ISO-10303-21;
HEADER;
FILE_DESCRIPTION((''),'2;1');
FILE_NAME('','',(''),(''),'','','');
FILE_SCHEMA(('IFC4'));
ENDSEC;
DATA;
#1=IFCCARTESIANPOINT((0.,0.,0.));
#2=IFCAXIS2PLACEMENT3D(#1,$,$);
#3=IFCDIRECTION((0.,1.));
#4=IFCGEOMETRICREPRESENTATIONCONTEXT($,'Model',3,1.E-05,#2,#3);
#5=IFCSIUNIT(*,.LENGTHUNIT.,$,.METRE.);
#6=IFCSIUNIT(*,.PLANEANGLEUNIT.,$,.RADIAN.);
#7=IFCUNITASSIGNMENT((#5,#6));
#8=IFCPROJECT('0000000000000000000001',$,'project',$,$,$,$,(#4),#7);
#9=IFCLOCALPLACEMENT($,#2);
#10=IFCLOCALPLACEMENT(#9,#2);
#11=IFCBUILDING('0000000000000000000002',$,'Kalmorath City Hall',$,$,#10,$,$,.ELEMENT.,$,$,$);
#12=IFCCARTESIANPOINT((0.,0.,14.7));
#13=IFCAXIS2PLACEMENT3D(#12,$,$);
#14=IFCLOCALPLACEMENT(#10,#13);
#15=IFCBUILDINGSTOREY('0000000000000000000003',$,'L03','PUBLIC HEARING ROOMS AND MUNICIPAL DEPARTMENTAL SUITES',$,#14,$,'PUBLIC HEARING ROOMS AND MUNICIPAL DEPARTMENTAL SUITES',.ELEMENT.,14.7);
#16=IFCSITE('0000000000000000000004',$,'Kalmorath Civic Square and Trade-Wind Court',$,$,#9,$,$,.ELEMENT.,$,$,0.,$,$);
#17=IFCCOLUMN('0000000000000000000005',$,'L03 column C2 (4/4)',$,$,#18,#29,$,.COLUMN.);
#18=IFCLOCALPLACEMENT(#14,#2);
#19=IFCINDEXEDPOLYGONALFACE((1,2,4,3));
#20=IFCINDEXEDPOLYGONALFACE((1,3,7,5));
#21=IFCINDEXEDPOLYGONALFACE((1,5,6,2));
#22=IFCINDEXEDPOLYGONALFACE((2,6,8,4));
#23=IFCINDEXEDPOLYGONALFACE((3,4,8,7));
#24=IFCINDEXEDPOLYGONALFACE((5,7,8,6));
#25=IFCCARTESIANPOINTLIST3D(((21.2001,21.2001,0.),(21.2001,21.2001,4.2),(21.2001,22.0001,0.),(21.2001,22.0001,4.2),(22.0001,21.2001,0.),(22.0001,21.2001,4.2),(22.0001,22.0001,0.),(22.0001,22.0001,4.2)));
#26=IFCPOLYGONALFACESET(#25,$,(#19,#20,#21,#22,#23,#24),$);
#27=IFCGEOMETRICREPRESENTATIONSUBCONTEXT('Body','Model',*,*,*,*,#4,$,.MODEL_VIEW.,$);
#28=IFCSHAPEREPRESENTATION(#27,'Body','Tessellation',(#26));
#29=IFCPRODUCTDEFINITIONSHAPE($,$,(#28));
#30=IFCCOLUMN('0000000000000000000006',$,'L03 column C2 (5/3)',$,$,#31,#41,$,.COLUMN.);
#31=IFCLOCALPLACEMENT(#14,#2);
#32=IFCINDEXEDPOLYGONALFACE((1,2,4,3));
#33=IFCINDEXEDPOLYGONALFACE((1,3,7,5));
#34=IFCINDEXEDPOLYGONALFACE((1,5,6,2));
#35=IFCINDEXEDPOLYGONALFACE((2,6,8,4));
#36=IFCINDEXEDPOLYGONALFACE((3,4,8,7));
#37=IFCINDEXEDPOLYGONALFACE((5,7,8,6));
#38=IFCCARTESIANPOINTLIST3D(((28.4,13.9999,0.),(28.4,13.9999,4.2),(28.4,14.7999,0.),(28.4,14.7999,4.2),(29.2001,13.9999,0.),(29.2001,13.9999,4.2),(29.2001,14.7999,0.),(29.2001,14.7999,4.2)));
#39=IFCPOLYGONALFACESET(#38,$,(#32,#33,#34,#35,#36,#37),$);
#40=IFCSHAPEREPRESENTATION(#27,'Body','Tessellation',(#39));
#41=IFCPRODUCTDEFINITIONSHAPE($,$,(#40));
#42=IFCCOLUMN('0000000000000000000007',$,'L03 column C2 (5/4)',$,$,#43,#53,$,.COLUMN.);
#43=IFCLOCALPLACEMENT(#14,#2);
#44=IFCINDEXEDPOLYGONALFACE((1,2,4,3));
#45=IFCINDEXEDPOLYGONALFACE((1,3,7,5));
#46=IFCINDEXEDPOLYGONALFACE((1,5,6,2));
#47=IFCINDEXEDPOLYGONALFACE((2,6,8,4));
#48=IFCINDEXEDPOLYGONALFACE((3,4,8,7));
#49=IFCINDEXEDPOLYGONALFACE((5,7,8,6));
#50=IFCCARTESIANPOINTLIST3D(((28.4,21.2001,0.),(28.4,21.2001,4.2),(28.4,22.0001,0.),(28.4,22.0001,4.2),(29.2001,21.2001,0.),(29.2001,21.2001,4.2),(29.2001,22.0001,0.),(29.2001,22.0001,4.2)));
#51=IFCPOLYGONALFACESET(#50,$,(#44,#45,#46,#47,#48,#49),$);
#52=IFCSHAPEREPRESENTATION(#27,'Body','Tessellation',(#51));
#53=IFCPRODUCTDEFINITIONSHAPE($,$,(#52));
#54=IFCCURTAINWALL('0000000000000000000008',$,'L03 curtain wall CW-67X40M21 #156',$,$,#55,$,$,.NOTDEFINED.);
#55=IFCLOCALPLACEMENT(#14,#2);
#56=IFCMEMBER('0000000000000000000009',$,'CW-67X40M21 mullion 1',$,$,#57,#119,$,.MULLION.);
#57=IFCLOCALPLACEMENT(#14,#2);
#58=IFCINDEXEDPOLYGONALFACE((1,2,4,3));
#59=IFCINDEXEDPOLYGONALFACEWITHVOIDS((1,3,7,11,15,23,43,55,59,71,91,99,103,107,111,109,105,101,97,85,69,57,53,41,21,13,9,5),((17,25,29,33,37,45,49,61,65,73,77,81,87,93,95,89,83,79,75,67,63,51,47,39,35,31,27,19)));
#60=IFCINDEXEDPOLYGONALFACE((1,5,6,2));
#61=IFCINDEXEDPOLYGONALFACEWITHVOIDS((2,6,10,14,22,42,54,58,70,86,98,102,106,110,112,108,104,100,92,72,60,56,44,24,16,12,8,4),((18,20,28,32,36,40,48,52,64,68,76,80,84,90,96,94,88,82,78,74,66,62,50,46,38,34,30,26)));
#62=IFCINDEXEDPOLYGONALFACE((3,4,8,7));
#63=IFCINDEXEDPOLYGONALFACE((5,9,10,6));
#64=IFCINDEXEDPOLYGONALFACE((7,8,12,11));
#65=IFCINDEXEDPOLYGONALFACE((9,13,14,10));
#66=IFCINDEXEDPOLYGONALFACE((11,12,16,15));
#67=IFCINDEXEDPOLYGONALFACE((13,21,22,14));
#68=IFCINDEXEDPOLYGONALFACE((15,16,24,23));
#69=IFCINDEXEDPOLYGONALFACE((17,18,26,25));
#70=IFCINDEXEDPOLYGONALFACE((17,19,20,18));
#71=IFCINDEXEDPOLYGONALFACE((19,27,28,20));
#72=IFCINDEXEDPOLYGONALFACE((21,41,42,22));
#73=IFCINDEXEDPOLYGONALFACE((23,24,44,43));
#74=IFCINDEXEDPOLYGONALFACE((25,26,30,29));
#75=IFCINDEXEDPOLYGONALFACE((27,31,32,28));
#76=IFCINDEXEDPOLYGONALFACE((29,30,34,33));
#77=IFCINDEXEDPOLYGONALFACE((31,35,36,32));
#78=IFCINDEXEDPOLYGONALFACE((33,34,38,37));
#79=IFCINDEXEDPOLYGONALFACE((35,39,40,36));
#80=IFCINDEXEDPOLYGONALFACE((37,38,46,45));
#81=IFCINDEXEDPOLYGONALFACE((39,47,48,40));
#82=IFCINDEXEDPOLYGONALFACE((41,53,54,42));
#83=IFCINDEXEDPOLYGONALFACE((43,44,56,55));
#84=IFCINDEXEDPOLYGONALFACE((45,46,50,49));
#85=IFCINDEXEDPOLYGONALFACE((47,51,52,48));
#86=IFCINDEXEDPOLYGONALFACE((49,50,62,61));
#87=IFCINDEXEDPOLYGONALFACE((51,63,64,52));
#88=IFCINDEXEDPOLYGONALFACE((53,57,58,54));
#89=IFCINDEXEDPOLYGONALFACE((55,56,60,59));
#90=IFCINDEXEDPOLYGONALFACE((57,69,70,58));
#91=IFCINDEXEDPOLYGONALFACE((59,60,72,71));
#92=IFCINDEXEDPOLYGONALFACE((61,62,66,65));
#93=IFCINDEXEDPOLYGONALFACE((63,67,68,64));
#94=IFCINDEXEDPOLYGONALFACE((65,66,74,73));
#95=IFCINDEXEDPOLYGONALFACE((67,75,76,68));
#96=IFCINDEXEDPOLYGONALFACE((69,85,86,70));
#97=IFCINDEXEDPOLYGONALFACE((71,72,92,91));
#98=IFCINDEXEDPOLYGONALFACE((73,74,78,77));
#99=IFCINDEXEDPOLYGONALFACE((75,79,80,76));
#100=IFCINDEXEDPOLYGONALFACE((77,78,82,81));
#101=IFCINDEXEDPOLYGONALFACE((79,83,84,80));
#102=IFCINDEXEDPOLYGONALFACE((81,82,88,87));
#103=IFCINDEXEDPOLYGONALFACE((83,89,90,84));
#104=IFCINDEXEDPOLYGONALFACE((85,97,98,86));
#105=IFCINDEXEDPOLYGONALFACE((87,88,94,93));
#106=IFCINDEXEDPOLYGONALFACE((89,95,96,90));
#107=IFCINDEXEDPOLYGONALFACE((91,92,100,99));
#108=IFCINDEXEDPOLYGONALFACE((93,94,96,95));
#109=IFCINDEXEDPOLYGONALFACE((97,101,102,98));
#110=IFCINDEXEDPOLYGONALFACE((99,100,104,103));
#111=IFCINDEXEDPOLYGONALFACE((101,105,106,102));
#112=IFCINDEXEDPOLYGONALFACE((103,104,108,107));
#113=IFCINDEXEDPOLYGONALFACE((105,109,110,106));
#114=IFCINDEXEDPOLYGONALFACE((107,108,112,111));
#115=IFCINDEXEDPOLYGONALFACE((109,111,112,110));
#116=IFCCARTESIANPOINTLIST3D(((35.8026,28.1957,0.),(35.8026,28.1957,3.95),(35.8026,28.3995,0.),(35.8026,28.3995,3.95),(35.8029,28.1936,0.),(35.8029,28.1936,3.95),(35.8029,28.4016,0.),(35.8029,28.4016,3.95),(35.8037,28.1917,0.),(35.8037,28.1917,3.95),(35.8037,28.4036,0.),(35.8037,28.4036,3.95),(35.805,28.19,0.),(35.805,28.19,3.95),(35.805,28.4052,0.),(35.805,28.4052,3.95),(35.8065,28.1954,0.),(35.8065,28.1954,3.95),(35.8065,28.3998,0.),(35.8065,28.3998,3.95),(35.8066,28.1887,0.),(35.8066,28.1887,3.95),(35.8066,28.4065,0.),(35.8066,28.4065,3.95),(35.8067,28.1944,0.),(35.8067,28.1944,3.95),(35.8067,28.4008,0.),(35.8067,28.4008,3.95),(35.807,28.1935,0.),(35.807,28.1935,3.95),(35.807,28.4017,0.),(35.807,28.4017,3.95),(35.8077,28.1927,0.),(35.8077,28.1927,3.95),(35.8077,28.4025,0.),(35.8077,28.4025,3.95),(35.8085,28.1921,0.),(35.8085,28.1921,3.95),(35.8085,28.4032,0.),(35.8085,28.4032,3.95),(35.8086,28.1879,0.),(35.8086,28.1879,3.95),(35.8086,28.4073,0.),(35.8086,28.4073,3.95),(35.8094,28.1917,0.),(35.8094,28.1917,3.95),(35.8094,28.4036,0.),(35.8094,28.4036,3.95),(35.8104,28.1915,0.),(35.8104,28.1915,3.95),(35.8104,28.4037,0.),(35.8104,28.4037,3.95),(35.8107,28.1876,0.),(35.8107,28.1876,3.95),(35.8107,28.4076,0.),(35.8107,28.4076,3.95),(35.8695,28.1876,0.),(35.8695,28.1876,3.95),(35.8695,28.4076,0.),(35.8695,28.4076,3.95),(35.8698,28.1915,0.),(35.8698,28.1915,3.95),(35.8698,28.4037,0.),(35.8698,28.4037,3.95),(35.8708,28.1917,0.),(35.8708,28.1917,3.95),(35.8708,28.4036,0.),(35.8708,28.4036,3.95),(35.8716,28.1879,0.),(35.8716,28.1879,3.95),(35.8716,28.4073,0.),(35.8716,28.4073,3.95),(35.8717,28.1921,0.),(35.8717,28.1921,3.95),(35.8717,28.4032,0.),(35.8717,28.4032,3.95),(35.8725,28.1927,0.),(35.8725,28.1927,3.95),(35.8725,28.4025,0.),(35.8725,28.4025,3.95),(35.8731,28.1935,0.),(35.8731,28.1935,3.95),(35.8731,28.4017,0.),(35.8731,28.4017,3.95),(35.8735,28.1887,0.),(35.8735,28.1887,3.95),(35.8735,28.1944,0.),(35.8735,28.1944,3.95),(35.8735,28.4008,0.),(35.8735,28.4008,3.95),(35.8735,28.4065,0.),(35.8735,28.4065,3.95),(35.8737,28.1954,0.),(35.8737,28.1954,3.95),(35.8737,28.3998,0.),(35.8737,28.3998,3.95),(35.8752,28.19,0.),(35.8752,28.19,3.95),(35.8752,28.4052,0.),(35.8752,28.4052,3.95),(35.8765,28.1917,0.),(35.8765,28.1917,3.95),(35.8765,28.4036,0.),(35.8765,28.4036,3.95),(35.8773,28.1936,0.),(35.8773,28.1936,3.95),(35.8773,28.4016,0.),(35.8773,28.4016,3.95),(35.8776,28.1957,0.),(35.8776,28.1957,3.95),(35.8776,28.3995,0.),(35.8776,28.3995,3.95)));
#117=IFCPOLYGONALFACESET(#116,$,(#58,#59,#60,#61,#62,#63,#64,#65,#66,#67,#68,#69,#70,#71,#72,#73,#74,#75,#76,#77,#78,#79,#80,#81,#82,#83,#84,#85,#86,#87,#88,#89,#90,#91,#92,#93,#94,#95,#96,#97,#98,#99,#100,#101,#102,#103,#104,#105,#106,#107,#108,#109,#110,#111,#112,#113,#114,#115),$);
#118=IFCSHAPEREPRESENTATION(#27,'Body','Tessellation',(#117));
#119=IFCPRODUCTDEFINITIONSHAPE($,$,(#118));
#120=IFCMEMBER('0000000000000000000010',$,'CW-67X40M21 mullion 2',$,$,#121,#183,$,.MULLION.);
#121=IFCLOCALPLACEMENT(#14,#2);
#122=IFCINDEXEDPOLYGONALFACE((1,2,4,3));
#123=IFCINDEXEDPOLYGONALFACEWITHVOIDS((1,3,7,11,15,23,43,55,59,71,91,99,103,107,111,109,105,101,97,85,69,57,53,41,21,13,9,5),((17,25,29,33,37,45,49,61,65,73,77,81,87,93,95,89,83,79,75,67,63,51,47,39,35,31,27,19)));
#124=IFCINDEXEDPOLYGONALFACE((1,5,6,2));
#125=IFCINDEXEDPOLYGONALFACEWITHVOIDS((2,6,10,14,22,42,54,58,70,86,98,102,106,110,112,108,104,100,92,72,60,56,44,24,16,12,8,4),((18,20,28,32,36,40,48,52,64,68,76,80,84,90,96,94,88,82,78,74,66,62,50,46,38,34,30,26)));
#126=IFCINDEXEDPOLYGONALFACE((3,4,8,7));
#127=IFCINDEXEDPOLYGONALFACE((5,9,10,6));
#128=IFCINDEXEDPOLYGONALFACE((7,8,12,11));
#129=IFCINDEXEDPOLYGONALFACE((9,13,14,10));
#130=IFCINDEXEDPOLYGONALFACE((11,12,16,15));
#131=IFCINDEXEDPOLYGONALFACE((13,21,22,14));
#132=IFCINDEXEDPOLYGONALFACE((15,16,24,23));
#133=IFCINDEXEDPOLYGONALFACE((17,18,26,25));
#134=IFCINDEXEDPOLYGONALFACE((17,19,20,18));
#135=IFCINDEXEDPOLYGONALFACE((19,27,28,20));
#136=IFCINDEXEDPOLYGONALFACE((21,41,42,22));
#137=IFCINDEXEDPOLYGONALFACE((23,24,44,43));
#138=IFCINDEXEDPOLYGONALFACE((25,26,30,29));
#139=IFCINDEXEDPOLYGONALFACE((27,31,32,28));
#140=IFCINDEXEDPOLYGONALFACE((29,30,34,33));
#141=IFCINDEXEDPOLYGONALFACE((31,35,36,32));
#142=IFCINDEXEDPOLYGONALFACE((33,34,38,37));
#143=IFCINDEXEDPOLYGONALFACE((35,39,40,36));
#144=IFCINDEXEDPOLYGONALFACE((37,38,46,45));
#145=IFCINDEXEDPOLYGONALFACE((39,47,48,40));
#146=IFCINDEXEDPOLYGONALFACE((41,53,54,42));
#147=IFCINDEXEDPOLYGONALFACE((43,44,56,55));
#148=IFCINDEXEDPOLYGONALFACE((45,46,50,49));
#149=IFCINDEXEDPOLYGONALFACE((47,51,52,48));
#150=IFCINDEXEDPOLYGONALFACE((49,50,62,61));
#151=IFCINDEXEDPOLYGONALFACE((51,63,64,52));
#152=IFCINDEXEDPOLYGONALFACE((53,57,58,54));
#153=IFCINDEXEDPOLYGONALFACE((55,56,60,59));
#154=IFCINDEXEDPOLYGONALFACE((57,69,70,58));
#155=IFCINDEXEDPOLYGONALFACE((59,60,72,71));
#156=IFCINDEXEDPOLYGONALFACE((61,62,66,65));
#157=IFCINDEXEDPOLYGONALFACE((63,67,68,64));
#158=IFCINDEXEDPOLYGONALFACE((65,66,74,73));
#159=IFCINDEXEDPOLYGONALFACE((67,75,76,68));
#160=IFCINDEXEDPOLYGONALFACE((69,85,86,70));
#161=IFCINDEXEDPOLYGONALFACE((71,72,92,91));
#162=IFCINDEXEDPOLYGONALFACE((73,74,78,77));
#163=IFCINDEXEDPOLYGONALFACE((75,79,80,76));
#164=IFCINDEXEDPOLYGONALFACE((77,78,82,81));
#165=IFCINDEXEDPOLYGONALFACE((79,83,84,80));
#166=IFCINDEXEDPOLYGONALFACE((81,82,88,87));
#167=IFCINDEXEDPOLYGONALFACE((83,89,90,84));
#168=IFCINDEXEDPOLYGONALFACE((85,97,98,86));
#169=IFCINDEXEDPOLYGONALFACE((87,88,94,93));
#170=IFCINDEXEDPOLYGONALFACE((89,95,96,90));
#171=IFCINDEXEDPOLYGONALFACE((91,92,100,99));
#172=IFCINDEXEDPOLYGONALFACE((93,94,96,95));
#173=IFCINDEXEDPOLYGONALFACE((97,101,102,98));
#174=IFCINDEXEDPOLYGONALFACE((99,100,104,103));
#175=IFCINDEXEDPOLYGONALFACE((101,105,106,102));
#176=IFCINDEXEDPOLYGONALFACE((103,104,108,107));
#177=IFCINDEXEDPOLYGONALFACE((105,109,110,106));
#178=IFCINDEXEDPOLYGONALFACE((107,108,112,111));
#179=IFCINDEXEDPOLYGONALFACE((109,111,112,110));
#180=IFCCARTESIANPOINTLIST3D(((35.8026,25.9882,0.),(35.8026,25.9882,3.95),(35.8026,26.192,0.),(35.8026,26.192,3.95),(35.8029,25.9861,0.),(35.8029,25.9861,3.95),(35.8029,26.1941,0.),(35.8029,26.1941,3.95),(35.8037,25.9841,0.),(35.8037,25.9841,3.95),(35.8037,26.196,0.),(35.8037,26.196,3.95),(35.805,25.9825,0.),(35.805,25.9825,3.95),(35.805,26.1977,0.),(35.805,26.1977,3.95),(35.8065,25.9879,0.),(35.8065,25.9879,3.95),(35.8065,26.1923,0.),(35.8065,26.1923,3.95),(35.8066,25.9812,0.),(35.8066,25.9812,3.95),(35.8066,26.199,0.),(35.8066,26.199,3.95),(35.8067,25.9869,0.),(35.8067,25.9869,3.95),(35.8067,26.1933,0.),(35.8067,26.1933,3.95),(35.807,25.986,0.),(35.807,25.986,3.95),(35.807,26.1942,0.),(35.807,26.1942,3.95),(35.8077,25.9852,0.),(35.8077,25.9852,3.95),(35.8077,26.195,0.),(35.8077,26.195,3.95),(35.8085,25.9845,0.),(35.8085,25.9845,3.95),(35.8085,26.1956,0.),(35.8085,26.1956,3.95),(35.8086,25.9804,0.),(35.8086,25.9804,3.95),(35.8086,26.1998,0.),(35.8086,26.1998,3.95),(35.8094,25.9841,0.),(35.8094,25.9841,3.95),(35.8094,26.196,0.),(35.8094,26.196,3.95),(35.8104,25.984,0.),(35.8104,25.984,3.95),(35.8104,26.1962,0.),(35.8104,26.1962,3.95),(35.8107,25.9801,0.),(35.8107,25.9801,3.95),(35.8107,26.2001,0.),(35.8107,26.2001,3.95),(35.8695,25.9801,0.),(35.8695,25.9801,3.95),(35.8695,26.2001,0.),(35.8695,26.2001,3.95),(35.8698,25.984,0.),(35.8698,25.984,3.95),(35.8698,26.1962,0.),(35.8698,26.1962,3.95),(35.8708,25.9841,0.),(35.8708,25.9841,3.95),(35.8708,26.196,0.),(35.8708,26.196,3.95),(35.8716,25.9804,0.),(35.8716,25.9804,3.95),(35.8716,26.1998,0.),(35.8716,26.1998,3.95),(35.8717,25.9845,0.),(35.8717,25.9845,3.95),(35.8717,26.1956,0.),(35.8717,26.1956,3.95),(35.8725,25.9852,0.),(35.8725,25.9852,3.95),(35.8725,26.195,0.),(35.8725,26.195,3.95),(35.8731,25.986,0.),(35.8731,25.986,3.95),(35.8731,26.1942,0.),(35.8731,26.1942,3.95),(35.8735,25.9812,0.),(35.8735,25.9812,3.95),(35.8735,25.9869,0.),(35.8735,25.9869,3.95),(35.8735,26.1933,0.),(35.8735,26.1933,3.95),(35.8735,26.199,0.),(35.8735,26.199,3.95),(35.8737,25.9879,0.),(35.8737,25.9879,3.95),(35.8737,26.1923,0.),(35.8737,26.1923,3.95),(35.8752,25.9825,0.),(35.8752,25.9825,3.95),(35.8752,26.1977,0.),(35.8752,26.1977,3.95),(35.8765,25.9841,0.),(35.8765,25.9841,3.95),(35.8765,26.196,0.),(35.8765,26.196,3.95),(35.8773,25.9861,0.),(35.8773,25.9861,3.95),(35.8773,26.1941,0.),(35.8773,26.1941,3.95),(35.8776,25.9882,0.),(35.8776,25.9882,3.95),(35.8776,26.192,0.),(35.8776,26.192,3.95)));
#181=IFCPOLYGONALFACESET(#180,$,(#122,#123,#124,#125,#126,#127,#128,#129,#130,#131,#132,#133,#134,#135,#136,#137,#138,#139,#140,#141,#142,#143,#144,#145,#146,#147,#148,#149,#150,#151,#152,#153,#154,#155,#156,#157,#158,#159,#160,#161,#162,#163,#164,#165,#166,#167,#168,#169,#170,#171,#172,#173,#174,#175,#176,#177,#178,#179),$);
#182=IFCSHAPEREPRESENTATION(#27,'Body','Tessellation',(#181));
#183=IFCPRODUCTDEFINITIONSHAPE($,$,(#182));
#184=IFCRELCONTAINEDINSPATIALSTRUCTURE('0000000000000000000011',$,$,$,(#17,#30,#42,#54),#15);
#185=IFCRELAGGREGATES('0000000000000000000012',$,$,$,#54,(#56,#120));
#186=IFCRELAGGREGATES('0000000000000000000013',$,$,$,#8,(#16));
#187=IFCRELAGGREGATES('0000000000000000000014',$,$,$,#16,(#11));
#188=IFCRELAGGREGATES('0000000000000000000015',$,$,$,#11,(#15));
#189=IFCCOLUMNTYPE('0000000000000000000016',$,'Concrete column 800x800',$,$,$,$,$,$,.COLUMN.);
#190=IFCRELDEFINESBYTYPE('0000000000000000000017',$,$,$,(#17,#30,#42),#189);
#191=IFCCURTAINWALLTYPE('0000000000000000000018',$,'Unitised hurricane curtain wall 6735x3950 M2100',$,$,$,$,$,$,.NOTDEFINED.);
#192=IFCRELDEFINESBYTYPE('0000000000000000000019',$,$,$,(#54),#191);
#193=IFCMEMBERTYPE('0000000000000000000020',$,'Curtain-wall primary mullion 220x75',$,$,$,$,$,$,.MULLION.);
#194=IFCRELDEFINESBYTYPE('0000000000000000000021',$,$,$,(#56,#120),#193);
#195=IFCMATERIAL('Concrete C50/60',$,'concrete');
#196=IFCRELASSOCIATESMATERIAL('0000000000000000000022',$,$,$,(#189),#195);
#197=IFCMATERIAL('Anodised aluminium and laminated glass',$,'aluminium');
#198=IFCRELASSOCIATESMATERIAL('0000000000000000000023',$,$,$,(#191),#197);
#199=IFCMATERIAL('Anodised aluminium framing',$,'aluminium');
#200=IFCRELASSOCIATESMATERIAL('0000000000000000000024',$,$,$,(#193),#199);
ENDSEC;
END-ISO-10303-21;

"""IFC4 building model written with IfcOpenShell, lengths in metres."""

from ifc_helpers import new_model, si_unit, direction, frame, origin, origin_2d, place, context, subcontext, project, spatial, rectangle, hollow_rectangle, extrude, material, material_profile, profile_set, type_object, element, aggregate, save


model = new_model("IFC4")

# Units and contexts
model_context = context("Model", 3, precision=1e-05, world=origin(), true_north=direction((0.0, 1.0)))
body_context = subcontext(model_context, "Body", "Model", "MODEL_VIEW")
ifc_project = project(units=[si_unit("LENGTHUNIT", "METRE"), si_unit("PLANEANGLEUNIT", "RADIAN")], contexts=[model_context])

# Site, building, storey
site_placement = place(None, origin())
site = spatial("IfcSite", under=ifc_project, at=site_placement, Name="Kalmorath Civic Square and Trade-Wind Court", CompositionType="ELEMENT", RefElevation=0.0)
building_placement = place(site_placement, origin())
building = spatial("IfcBuilding", under=site, at=building_placement, Name="Kalmorath City Hall", CompositionType="ELEMENT")
storey_placement = place(building_placement, frame((0.0, 0.0, 14.7)))
storey = spatial("IfcBuildingStorey", under=building, at=storey_placement, Name="L03", Description="PUBLIC HEARING ROOMS AND MUNICIPAL DEPARTMENTAL SUITES", LongName="PUBLIC HEARING ROOMS AND MUNICIPAL DEPARTMENTAL SUITES", CompositionType="ELEMENT", Elevation=14.7)

# Columns
ifc_material_1 = material(Name="Concrete C50/60", Category="concrete")
ifc_material_profile_1 = material_profile(ifc_material_1, rectangle(XDim=0.8, YDim=0.8, at=origin_2d()), Name="RC-COL-800X800")
ifc_profile_set_1 = profile_set([ifc_material_profile_1], Name="Concrete C50/60")
column_type = type_object("IfcColumnType", Name="Concrete column 800x800", PredefinedType="COLUMN", material=ifc_profile_set_1)
for number, where, z_axis, x_axis, name in (
    (1, (21.6001, 21.6001, 0.0), (0.0, 0.0, 1.0), (1.0, 0.0, 0.0), "L03 column C2 (4/4)"),
    (2, (28.8, 14.3999, 0.0), (0.0, 0.0, 1.0), (1.0, 0.0, 0.0), "L03 column C2 (5/3)"),
    (3, (28.8, 21.6001, 0.0), (0.0, 0.0, 1.0), (1.0, 0.0, 0.0), "L03 column C2 (5/4)"),
):
    element("IfcColumn", number, at=place(storey_placement, frame(where, z_axis=z_axis, x_axis=x_axis)), inside=storey, type_object=column_type, Name=name, PredefinedType="COLUMN", context=body_context, shape_type="SweptSolid", body=[
        extrude(rectangle(XDim=0.8, YDim=0.8, at=origin_2d()), origin(), (0.0, 0.0, 1.0), 4.2),
    ])

# Curtain wall, members
ifc_material_2 = material(Name="Anodised aluminium and laminated glass", Category="aluminium")
curtain_wall_type = type_object("IfcCurtainWallType", Name="Unitised hurricane curtain wall 6735x3950 M2100", PredefinedType="NOTDEFINED", material=ifc_material_2)
curtain_wall_placement = place(storey_placement, origin())
curtain_wall = element("IfcCurtainWall", 4, at=curtain_wall_placement, inside=storey, type_object=curtain_wall_type, Name="L03 curtain wall CW-67X40M21 #156", PredefinedType="NOTDEFINED")
ifc_material_3 = material(Name="Anodised aluminium framing", Category="aluminium")
ifc_material_profile_2 = material_profile(ifc_material_3, hollow_rectangle(XDim=0.075, YDim=0.22, WallThickness=0.0039, InnerFilletRadius=0.0039, OuterFilletRadius=0.0081, at=origin_2d()), Name="ALU-MUL-220X75X4")
ifc_profile_set_2 = profile_set([ifc_material_profile_2], Name="Anodised aluminium framing")
member_type = type_object("IfcMemberType", Name="Curtain-wall primary mullion 220x75", PredefinedType="MULLION", material=ifc_profile_set_2)
member_1_placement = place(storey_placement, frame((35.8401, 28.2976, 0.0), z_axis=(0.0, 0.0, 1.0), x_axis=(1.0, 0.0, 0.0)))
member_1 = element("IfcMember", 5, at=member_1_placement, type_object=member_type, Name="CW-67X40M21 mullion 1", PredefinedType="MULLION", context=body_context, shape_type="SweptSolid", body=[
    extrude(hollow_rectangle(XDim=0.075, YDim=0.22, WallThickness=0.0039, InnerFilletRadius=0.0039, OuterFilletRadius=0.0081, at=origin_2d()), origin(), (0.0, 0.0, 1.0), 3.95),
])
member_2_placement = place(storey_placement, frame((35.8401, 26.0901, 0.0), z_axis=(0.0, 0.0, 1.0), x_axis=(1.0, 0.0, 0.0)))
member_2 = element("IfcMember", 6, at=member_2_placement, type_object=member_type, Name="CW-67X40M21 mullion 2", PredefinedType="MULLION", context=body_context, shape_type="SweptSolid", body=[
    extrude(hollow_rectangle(XDim=0.075, YDim=0.22, WallThickness=0.0039, InnerFilletRadius=0.0039, OuterFilletRadius=0.0081, at=origin_2d()), origin(), (0.0, 0.0, 1.0), 3.95),
])
aggregate(curtain_wall, [member_1, member_2])

save(model, "model.ifc")
